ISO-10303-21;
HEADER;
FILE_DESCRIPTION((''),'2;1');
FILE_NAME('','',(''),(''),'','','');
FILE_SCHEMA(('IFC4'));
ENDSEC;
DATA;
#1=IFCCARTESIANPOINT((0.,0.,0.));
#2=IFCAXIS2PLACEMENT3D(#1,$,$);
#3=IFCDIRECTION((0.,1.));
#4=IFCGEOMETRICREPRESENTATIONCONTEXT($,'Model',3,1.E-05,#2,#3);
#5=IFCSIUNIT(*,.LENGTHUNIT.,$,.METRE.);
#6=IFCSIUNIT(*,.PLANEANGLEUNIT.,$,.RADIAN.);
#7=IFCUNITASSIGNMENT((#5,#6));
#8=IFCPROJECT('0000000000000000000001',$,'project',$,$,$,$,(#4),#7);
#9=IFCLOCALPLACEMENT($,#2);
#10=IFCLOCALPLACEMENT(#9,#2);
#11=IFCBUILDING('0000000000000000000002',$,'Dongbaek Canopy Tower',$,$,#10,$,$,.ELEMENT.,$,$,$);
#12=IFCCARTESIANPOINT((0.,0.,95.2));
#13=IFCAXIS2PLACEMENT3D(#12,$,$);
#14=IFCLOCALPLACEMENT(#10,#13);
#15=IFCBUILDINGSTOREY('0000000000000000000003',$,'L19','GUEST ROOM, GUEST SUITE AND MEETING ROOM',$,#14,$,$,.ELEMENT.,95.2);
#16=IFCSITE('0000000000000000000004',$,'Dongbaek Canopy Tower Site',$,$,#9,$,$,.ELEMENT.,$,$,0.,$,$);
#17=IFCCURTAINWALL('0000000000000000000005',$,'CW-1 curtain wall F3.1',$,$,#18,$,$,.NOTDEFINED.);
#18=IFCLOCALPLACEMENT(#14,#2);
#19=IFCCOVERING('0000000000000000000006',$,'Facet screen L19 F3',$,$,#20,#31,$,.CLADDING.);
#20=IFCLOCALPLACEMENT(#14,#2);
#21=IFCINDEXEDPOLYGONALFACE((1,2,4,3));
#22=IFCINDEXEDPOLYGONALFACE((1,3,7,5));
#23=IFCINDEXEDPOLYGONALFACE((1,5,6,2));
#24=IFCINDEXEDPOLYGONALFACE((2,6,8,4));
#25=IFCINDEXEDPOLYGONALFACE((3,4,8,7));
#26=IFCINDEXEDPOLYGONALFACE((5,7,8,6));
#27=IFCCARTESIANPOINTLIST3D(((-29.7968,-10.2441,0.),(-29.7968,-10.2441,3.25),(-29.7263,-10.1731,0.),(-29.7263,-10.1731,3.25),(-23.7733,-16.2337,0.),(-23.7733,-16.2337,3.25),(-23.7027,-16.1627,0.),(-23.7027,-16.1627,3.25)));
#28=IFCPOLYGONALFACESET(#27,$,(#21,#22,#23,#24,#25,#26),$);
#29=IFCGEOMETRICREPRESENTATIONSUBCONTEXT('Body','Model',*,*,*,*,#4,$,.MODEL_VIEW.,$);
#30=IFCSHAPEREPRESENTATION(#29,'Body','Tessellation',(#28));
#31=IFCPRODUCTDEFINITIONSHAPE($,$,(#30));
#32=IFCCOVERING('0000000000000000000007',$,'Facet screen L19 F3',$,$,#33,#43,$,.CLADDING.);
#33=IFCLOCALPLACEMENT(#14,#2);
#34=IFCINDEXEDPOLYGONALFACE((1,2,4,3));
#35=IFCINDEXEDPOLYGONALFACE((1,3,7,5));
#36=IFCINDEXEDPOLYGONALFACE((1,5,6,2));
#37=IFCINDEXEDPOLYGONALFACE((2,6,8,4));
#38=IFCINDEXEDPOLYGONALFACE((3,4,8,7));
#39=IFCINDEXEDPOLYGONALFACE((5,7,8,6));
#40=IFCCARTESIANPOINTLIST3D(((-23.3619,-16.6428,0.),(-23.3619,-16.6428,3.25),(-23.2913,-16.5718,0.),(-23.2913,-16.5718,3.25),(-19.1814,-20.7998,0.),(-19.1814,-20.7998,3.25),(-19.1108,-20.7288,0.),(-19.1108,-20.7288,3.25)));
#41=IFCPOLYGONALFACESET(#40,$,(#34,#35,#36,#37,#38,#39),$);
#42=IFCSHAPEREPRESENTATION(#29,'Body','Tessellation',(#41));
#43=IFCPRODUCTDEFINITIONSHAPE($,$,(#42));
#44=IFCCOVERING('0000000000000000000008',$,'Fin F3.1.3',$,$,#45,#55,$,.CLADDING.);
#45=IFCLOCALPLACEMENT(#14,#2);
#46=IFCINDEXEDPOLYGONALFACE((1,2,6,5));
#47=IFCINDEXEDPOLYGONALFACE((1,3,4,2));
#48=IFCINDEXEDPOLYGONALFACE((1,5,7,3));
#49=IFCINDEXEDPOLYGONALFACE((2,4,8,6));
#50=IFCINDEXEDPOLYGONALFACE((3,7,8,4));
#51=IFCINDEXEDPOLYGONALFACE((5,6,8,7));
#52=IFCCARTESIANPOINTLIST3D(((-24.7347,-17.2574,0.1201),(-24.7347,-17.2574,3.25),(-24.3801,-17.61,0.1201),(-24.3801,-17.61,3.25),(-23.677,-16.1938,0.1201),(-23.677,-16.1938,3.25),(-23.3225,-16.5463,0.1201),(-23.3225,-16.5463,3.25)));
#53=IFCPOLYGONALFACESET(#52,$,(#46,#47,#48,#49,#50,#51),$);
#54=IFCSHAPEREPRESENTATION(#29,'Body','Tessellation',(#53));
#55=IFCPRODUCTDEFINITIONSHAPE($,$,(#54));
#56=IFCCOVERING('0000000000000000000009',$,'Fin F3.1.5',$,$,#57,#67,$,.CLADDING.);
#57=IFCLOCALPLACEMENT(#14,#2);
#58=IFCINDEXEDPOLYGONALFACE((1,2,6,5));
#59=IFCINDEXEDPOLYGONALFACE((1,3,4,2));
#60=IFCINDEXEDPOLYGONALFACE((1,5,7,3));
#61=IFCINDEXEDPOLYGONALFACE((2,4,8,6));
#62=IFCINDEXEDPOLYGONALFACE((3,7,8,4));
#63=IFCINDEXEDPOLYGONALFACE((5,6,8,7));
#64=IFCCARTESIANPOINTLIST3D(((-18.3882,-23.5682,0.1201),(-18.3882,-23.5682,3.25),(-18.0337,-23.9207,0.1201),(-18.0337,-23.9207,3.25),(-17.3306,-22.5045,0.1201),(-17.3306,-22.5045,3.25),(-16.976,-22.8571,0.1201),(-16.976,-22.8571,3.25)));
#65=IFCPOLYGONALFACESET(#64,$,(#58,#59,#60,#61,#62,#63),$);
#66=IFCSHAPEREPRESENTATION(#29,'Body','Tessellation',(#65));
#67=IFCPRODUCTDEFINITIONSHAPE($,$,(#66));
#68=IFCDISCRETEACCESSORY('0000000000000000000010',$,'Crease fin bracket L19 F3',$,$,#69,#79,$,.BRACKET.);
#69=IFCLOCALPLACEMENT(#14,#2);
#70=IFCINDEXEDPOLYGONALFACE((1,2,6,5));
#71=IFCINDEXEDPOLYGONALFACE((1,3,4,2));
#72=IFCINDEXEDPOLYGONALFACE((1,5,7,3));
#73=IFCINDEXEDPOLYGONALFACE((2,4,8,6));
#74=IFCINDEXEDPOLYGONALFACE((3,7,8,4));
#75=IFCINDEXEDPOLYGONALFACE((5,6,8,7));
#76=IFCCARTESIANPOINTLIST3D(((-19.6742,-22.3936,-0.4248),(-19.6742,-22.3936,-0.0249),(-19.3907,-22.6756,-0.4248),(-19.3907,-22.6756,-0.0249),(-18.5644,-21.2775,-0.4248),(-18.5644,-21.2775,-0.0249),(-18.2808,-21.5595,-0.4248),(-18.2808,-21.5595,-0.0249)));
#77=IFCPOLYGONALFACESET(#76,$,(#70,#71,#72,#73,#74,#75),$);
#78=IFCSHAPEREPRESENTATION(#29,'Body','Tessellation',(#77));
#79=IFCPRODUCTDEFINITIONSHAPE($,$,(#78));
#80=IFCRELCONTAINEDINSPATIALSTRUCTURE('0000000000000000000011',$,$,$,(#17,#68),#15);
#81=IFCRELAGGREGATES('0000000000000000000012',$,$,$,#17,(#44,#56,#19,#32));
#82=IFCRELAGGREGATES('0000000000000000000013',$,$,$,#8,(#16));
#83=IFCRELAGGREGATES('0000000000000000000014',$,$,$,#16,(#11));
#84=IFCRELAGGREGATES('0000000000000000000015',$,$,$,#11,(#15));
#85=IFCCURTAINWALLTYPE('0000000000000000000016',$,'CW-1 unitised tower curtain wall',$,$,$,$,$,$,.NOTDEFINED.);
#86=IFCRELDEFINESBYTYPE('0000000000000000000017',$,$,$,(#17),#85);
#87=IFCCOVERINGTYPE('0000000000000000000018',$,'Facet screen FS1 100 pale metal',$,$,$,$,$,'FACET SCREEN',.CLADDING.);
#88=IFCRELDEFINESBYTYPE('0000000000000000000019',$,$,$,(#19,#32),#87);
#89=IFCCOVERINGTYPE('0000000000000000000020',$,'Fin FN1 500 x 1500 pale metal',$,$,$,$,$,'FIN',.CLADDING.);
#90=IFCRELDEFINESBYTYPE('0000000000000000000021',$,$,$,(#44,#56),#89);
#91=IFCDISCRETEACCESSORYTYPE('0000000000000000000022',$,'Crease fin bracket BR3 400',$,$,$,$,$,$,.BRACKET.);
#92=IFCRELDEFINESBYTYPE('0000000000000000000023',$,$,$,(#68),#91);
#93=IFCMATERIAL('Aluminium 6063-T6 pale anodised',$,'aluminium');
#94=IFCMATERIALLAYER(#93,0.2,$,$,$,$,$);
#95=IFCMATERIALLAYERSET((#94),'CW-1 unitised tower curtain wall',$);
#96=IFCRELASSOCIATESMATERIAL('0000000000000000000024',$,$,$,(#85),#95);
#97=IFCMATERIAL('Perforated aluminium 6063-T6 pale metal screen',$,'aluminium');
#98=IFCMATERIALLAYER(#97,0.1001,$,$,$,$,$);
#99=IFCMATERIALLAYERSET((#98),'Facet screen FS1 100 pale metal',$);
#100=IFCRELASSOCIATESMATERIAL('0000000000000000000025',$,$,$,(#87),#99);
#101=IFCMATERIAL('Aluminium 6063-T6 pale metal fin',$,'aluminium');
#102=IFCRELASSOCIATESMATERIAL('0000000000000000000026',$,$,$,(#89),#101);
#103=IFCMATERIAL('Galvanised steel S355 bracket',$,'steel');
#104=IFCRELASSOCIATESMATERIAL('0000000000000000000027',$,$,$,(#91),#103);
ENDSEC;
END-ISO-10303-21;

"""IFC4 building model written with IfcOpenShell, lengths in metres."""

from ifc_helpers import new_model, si_unit, direction, frame, origin, origin_2d, place, context, subcontext, project, spatial, rectangle, extrude, material, layer, layer_set, material_profile, profile_set, type_object, element, aggregate, save


model = new_model("IFC4")

# Units and contexts
model_context = context("Model", 3, precision=1e-05, world=origin(), true_north=direction((0.0, 1.0)))
body_context = subcontext(model_context, "Body", "Model", "MODEL_VIEW")
ifc_project = project(units=[si_unit("LENGTHUNIT", "METRE"), si_unit("PLANEANGLEUNIT", "RADIAN")], contexts=[model_context])

# Site, building, storey
site_placement = place(None, origin())
site = spatial("IfcSite", under=ifc_project, at=site_placement, Name="Dongbaek Canopy Tower Site", CompositionType="ELEMENT", RefElevation=0.0)
building_placement = place(site_placement, origin())
building = spatial("IfcBuilding", under=site, at=building_placement, Name="Dongbaek Canopy Tower", CompositionType="ELEMENT")
storey_placement = place(building_placement, frame((0.0, 0.0, 95.2)))
storey = spatial("IfcBuildingStorey", under=building, at=storey_placement, Name="L19", Description="GUEST ROOM, GUEST SUITE AND MEETING ROOM", CompositionType="ELEMENT", Elevation=95.2)

# Curtain wall
ifc_material_1 = material(Name="Aluminium 6063-T6 pale anodised", Category="aluminium")
ifc_layer_1 = layer(ifc_material_1, 0.2)
ifc_layer_set_1 = layer_set([ifc_layer_1], Name="CW-1 unitised tower curtain wall")
curtain_wall_type = type_object("IfcCurtainWallType", Name="CW-1 unitised tower curtain wall", PredefinedType="NOTDEFINED", material=ifc_layer_set_1)
curtain_wall_1_placement = place(storey_placement, origin())
curtain_wall_1 = element("IfcCurtainWall", 1, at=curtain_wall_1_placement, inside=storey, type_object=curtain_wall_type, Name="CW-1 curtain wall F3.1", PredefinedType="NOTDEFINED")

# Coverings
ifc_material_2 = material(Name="Perforated aluminium 6063-T6 pale metal screen", Category="aluminium")
ifc_layer_2 = layer(ifc_material_2, 0.1001)
ifc_layer_set_2 = layer_set([ifc_layer_2], Name="Facet screen FS1 100 pale metal")
covering_type_1 = type_object("IfcCoveringType", Name="Facet screen FS1 100 pale metal", ElementType="FACET SCREEN", PredefinedType="CLADDING", material=ifc_layer_set_2)
covering_1_placement = place(storey_placement, frame((-26.7498, -13.2034, 0.0), z_axis=(0.0, 0.0, 1.0), x_axis=(0.709103, -0.705105, 0.0)))
covering_1 = element("IfcCovering", 2, at=covering_1_placement, type_object=covering_type_1, Name="Facet screen L19 F3", PredefinedType="CLADDING", context=body_context, shape_type="SweptSolid", body=[
    extrude(rectangle(XDim=8.4946, YDim=0.1001, at=origin_2d()), origin(), (0.0, 0.0, 1.0), 3.25),
])
covering_2_placement = place(storey_placement, frame((-21.2363, -18.6858, 0.0), z_axis=(0.0, 0.0, 1.0), x_axis=(0.709103, -0.705105, 0.0)))
covering_2 = element("IfcCovering", 3, at=covering_2_placement, type_object=covering_type_1, Name="Facet screen L19 F3", PredefinedType="CLADDING", context=body_context, shape_type="SweptSolid", body=[
    extrude(rectangle(XDim=5.8955, YDim=0.1001, at=origin_2d()), origin(), (0.0, 0.0, 1.0), 3.25),
])
ifc_material_3 = material(Name="Aluminium 6063-T6 pale metal fin", Category="aluminium")
ifc_material_profile_1 = material_profile(ifc_material_3, rectangle(XDim=1.5, YDim=0.5, at=origin_2d()), Name="Fin FN1 500 x 1500 pale metal")
ifc_profile_set_1 = profile_set([ifc_material_profile_1], Name="Aluminium 6063-T6 pale metal fin")
covering_type_2 = type_object("IfcCoveringType", Name="Fin FN1 500 x 1500 pale metal", ElementType="FIN", PredefinedType="CLADDING", material=ifc_profile_set_1)
covering_3_placement = place(storey_placement, frame((-24.0286, -16.9019, 0.1201), z_axis=(0.0, 0.0, 1.0), x_axis=(-0.705105, -0.709103, 0.0)))
covering_3 = element("IfcCovering", 4, at=covering_3_placement, type_object=covering_type_2, Name="Fin F3.1.3", PredefinedType="CLADDING", context=body_context, shape_type="SweptSolid", body=[
    extrude(rectangle(XDim=1.5, YDim=0.5, at=origin_2d()), origin(), (0.0, 0.0, 1.0), 3.1299),
])
covering_4_placement = place(storey_placement, frame((-17.6821, -23.2126, 0.1201), z_axis=(0.0, 0.0, 1.0), x_axis=(-0.705105, -0.709103, 0.0)))
covering_4 = element("IfcCovering", 5, at=covering_4_placement, type_object=covering_type_2, Name="Fin F3.1.5", PredefinedType="CLADDING", context=body_context, shape_type="SweptSolid", body=[
    extrude(rectangle(XDim=1.5, YDim=0.5, at=origin_2d()), origin(), (0.0, 0.0, 1.0), 3.1299),
])
aggregate(curtain_wall_1, [covering_3, covering_4, covering_1, covering_2])

# Discrete accessory
ifc_material_4 = material(Name="Galvanised steel S355 bracket", Category="steel")
discrete_accessory_type = type_object("IfcDiscreteAccessoryType", Name="Crease fin bracket BR3 400", PredefinedType="BRACKET", material=ifc_material_4)
discrete_accessory_placement = place(storey_placement, frame((-18.9775, -21.9766, -0.4248), z_axis=(0.0, 0.0, 1.0), x_axis=(-0.705105, -0.709103, 0.0)))
element("IfcDiscreteAccessory", 6, at=discrete_accessory_placement, inside=storey, type_object=discrete_accessory_type, Name="Crease fin bracket L19 F3", PredefinedType="BRACKET", context=body_context, shape_type="SweptSolid", body=[
    extrude(rectangle(XDim=1.574, YDim=0.3999, at=origin_2d()), origin(), (0.0, 0.0, 1.0), 0.3999),
])

save(model, "model.ifc")
